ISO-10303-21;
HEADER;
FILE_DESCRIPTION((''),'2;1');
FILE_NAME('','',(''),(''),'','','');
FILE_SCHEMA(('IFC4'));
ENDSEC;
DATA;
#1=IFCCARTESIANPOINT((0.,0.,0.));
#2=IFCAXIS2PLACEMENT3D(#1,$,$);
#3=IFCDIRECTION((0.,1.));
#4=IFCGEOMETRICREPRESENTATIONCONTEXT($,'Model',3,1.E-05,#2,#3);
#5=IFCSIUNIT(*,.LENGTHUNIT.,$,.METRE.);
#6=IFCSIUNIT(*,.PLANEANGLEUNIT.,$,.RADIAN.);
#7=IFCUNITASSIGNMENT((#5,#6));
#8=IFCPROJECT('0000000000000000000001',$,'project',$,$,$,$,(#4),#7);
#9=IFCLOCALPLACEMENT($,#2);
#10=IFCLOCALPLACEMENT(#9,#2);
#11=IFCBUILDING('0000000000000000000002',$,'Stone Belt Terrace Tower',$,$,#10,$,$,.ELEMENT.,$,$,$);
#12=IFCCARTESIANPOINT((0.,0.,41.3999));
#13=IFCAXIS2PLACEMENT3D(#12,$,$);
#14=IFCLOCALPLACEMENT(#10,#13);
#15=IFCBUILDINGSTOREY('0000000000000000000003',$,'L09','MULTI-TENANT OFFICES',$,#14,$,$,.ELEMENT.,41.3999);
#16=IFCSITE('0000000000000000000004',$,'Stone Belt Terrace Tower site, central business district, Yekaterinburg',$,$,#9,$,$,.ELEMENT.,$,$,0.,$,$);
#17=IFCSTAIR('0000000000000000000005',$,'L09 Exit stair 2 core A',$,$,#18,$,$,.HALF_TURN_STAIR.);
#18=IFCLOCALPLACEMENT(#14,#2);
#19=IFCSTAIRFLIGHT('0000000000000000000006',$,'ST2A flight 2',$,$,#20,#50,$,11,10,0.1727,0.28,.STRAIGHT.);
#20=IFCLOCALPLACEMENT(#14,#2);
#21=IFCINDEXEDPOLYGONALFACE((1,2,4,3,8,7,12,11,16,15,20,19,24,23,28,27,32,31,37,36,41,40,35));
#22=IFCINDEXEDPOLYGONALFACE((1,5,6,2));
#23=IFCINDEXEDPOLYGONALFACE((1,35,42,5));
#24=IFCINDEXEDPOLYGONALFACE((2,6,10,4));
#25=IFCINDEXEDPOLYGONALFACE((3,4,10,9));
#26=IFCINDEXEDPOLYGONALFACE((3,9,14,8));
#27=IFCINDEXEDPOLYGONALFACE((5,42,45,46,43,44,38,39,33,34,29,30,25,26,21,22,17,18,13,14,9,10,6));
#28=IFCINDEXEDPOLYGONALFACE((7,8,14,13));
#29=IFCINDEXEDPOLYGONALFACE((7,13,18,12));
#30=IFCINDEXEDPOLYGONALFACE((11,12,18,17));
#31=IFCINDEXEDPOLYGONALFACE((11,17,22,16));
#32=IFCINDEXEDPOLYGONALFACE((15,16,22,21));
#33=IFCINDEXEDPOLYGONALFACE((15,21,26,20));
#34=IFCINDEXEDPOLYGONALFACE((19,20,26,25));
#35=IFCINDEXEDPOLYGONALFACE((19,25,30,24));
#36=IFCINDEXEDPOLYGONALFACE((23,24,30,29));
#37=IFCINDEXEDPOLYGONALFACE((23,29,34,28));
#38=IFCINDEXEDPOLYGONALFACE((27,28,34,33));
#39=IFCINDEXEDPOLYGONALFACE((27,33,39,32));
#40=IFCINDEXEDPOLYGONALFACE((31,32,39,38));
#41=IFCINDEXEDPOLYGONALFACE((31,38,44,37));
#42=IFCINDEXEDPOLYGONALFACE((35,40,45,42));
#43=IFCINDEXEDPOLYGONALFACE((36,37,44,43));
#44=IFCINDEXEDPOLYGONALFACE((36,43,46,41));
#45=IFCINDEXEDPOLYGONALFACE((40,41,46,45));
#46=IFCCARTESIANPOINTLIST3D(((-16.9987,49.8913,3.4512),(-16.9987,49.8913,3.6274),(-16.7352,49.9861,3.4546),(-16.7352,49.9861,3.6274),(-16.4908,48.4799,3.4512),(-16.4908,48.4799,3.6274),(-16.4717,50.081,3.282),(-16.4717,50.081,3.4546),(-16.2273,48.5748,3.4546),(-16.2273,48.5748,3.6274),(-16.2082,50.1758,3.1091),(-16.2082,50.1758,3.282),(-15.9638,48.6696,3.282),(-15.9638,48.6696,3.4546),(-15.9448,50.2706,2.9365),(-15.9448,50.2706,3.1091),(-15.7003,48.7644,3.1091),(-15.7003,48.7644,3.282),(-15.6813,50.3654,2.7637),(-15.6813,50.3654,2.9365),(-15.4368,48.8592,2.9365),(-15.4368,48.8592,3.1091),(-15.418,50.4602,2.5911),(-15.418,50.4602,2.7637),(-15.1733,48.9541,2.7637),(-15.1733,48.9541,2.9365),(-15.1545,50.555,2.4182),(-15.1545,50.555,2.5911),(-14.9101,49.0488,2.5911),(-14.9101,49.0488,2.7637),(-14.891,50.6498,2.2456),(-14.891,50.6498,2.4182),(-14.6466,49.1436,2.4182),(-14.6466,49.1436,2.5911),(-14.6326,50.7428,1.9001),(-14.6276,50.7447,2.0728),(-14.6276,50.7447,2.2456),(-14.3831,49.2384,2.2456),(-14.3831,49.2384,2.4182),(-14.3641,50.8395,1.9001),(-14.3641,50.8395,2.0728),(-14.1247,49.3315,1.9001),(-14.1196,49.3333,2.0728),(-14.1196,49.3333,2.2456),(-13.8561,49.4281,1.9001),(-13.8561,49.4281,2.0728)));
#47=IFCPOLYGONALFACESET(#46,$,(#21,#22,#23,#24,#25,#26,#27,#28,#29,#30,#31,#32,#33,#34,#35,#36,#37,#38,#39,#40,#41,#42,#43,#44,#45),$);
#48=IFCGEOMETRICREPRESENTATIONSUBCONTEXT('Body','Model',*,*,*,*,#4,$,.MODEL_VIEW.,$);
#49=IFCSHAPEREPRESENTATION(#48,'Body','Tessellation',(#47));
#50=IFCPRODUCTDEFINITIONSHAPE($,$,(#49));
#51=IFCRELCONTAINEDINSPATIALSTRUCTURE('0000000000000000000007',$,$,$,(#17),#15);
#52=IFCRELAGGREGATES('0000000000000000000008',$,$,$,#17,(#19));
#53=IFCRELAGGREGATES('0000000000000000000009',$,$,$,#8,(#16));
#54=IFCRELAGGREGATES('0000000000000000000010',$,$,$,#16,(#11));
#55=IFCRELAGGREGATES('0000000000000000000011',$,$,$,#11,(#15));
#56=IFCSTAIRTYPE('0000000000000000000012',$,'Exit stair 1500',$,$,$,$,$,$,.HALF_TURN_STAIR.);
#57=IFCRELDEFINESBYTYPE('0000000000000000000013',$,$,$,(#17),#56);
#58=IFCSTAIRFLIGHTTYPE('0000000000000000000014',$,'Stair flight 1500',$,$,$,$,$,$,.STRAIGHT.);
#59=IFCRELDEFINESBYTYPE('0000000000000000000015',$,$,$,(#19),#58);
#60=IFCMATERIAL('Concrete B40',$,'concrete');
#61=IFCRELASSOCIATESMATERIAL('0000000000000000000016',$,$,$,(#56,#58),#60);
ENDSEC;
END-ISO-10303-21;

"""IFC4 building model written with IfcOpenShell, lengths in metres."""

from ifc_helpers import new_model, si_unit, direction, frame, origin, place, context, subcontext, project, spatial, polyline, outline, extrude, material, type_object, element, aggregate, save


model = new_model("IFC4")

# Units and contexts
model_context = context("Model", 3, precision=1e-05, world=origin(), true_north=direction((0.0, 1.0)))
body_context = subcontext(model_context, "Body", "Model", "MODEL_VIEW")
ifc_project = project(units=[si_unit("LENGTHUNIT", "METRE"), si_unit("PLANEANGLEUNIT", "RADIAN")], contexts=[model_context])

# Site, building, storey
site_placement = place(None, origin())
site = spatial("IfcSite", under=ifc_project, at=site_placement, Name="Stone Belt Terrace Tower site, central business district, Yekaterinburg", CompositionType="ELEMENT", RefElevation=0.0)
building_placement = place(site_placement, origin())
building = spatial("IfcBuilding", under=site, at=building_placement, Name="Stone Belt Terrace Tower", CompositionType="ELEMENT")
storey_placement = place(building_placement, frame((0.0, 0.0, 41.3999)))
storey = spatial("IfcBuildingStorey", under=building, at=storey_placement, Name="L09", Description="MULTI-TENANT OFFICES", CompositionType="ELEMENT", Elevation=41.3999)

# Stair, stair flight
ifc_material_1 = material(Name="Concrete B40", Category="concrete")
stair_type = type_object("IfcStairType", Name="Exit stair 1500", PredefinedType="HALF_TURN_STAIR", material=ifc_material_1)
stair_placement = place(storey_placement, origin())
stair = element("IfcStair", 1, at=stair_placement, inside=storey, type_object=stair_type, Name="L09 Exit stair 2 core A", PredefinedType="HALF_TURN_STAIR")
stair_flight_type = type_object("IfcStairFlightType", Name="Stair flight 1500", PredefinedType="STRAIGHT", material=ifc_material_1)
stair_flight_1_placement = place(storey_placement, frame((-14.1101, 50.1338, 1.9001), z_axis=(0.0, 0.0, 1.0), x_axis=(-0.940922, -0.338624, 0.0)))
stair_flight_1 = element("IfcStairFlight", 2, at=stair_flight_1_placement, type_object=stair_flight_type, Name="ST2A flight 2", NumberOfRisers=11, NumberOfTreads=10, PredefinedType="STRAIGHT", RiserHeight=0.1727, TreadLength=0.28, context=body_context, shape_type="SweptSolid", body=[
    extrude(outline(polyline([(0.0, 0.0), (0.0, 0.1726), (0.28, 0.1726), (0.28, 0.3455), (0.5601, 0.3455), (0.5601, 0.5181), (0.8401, 0.5181), (0.8401, 0.6909), (1.1201, 0.6909), (1.1201, 0.8635), (1.3999, 0.8635), (1.3999, 1.0364), (1.6799, 1.0364), (1.6799, 1.209), (1.96, 1.209), (1.96, 1.3818), (2.24, 1.3818), (2.24, 1.5544), (2.52, 1.5544), (2.52, 1.7273), (2.8, 1.7273), (2.8, 1.8999), (2.8, 1.551), (0.2854, 0.0), (0.0, 0.0)])), frame((0.0, 0.75, 0.0), z_axis=(0.0, -1.0, 0.0), x_axis=(1.0, 0.0, 0.0)), (0.0, 0.0, 1.0), 1.5),
])
aggregate(stair, [stair_flight_1])

save(model, "model.ifc")
